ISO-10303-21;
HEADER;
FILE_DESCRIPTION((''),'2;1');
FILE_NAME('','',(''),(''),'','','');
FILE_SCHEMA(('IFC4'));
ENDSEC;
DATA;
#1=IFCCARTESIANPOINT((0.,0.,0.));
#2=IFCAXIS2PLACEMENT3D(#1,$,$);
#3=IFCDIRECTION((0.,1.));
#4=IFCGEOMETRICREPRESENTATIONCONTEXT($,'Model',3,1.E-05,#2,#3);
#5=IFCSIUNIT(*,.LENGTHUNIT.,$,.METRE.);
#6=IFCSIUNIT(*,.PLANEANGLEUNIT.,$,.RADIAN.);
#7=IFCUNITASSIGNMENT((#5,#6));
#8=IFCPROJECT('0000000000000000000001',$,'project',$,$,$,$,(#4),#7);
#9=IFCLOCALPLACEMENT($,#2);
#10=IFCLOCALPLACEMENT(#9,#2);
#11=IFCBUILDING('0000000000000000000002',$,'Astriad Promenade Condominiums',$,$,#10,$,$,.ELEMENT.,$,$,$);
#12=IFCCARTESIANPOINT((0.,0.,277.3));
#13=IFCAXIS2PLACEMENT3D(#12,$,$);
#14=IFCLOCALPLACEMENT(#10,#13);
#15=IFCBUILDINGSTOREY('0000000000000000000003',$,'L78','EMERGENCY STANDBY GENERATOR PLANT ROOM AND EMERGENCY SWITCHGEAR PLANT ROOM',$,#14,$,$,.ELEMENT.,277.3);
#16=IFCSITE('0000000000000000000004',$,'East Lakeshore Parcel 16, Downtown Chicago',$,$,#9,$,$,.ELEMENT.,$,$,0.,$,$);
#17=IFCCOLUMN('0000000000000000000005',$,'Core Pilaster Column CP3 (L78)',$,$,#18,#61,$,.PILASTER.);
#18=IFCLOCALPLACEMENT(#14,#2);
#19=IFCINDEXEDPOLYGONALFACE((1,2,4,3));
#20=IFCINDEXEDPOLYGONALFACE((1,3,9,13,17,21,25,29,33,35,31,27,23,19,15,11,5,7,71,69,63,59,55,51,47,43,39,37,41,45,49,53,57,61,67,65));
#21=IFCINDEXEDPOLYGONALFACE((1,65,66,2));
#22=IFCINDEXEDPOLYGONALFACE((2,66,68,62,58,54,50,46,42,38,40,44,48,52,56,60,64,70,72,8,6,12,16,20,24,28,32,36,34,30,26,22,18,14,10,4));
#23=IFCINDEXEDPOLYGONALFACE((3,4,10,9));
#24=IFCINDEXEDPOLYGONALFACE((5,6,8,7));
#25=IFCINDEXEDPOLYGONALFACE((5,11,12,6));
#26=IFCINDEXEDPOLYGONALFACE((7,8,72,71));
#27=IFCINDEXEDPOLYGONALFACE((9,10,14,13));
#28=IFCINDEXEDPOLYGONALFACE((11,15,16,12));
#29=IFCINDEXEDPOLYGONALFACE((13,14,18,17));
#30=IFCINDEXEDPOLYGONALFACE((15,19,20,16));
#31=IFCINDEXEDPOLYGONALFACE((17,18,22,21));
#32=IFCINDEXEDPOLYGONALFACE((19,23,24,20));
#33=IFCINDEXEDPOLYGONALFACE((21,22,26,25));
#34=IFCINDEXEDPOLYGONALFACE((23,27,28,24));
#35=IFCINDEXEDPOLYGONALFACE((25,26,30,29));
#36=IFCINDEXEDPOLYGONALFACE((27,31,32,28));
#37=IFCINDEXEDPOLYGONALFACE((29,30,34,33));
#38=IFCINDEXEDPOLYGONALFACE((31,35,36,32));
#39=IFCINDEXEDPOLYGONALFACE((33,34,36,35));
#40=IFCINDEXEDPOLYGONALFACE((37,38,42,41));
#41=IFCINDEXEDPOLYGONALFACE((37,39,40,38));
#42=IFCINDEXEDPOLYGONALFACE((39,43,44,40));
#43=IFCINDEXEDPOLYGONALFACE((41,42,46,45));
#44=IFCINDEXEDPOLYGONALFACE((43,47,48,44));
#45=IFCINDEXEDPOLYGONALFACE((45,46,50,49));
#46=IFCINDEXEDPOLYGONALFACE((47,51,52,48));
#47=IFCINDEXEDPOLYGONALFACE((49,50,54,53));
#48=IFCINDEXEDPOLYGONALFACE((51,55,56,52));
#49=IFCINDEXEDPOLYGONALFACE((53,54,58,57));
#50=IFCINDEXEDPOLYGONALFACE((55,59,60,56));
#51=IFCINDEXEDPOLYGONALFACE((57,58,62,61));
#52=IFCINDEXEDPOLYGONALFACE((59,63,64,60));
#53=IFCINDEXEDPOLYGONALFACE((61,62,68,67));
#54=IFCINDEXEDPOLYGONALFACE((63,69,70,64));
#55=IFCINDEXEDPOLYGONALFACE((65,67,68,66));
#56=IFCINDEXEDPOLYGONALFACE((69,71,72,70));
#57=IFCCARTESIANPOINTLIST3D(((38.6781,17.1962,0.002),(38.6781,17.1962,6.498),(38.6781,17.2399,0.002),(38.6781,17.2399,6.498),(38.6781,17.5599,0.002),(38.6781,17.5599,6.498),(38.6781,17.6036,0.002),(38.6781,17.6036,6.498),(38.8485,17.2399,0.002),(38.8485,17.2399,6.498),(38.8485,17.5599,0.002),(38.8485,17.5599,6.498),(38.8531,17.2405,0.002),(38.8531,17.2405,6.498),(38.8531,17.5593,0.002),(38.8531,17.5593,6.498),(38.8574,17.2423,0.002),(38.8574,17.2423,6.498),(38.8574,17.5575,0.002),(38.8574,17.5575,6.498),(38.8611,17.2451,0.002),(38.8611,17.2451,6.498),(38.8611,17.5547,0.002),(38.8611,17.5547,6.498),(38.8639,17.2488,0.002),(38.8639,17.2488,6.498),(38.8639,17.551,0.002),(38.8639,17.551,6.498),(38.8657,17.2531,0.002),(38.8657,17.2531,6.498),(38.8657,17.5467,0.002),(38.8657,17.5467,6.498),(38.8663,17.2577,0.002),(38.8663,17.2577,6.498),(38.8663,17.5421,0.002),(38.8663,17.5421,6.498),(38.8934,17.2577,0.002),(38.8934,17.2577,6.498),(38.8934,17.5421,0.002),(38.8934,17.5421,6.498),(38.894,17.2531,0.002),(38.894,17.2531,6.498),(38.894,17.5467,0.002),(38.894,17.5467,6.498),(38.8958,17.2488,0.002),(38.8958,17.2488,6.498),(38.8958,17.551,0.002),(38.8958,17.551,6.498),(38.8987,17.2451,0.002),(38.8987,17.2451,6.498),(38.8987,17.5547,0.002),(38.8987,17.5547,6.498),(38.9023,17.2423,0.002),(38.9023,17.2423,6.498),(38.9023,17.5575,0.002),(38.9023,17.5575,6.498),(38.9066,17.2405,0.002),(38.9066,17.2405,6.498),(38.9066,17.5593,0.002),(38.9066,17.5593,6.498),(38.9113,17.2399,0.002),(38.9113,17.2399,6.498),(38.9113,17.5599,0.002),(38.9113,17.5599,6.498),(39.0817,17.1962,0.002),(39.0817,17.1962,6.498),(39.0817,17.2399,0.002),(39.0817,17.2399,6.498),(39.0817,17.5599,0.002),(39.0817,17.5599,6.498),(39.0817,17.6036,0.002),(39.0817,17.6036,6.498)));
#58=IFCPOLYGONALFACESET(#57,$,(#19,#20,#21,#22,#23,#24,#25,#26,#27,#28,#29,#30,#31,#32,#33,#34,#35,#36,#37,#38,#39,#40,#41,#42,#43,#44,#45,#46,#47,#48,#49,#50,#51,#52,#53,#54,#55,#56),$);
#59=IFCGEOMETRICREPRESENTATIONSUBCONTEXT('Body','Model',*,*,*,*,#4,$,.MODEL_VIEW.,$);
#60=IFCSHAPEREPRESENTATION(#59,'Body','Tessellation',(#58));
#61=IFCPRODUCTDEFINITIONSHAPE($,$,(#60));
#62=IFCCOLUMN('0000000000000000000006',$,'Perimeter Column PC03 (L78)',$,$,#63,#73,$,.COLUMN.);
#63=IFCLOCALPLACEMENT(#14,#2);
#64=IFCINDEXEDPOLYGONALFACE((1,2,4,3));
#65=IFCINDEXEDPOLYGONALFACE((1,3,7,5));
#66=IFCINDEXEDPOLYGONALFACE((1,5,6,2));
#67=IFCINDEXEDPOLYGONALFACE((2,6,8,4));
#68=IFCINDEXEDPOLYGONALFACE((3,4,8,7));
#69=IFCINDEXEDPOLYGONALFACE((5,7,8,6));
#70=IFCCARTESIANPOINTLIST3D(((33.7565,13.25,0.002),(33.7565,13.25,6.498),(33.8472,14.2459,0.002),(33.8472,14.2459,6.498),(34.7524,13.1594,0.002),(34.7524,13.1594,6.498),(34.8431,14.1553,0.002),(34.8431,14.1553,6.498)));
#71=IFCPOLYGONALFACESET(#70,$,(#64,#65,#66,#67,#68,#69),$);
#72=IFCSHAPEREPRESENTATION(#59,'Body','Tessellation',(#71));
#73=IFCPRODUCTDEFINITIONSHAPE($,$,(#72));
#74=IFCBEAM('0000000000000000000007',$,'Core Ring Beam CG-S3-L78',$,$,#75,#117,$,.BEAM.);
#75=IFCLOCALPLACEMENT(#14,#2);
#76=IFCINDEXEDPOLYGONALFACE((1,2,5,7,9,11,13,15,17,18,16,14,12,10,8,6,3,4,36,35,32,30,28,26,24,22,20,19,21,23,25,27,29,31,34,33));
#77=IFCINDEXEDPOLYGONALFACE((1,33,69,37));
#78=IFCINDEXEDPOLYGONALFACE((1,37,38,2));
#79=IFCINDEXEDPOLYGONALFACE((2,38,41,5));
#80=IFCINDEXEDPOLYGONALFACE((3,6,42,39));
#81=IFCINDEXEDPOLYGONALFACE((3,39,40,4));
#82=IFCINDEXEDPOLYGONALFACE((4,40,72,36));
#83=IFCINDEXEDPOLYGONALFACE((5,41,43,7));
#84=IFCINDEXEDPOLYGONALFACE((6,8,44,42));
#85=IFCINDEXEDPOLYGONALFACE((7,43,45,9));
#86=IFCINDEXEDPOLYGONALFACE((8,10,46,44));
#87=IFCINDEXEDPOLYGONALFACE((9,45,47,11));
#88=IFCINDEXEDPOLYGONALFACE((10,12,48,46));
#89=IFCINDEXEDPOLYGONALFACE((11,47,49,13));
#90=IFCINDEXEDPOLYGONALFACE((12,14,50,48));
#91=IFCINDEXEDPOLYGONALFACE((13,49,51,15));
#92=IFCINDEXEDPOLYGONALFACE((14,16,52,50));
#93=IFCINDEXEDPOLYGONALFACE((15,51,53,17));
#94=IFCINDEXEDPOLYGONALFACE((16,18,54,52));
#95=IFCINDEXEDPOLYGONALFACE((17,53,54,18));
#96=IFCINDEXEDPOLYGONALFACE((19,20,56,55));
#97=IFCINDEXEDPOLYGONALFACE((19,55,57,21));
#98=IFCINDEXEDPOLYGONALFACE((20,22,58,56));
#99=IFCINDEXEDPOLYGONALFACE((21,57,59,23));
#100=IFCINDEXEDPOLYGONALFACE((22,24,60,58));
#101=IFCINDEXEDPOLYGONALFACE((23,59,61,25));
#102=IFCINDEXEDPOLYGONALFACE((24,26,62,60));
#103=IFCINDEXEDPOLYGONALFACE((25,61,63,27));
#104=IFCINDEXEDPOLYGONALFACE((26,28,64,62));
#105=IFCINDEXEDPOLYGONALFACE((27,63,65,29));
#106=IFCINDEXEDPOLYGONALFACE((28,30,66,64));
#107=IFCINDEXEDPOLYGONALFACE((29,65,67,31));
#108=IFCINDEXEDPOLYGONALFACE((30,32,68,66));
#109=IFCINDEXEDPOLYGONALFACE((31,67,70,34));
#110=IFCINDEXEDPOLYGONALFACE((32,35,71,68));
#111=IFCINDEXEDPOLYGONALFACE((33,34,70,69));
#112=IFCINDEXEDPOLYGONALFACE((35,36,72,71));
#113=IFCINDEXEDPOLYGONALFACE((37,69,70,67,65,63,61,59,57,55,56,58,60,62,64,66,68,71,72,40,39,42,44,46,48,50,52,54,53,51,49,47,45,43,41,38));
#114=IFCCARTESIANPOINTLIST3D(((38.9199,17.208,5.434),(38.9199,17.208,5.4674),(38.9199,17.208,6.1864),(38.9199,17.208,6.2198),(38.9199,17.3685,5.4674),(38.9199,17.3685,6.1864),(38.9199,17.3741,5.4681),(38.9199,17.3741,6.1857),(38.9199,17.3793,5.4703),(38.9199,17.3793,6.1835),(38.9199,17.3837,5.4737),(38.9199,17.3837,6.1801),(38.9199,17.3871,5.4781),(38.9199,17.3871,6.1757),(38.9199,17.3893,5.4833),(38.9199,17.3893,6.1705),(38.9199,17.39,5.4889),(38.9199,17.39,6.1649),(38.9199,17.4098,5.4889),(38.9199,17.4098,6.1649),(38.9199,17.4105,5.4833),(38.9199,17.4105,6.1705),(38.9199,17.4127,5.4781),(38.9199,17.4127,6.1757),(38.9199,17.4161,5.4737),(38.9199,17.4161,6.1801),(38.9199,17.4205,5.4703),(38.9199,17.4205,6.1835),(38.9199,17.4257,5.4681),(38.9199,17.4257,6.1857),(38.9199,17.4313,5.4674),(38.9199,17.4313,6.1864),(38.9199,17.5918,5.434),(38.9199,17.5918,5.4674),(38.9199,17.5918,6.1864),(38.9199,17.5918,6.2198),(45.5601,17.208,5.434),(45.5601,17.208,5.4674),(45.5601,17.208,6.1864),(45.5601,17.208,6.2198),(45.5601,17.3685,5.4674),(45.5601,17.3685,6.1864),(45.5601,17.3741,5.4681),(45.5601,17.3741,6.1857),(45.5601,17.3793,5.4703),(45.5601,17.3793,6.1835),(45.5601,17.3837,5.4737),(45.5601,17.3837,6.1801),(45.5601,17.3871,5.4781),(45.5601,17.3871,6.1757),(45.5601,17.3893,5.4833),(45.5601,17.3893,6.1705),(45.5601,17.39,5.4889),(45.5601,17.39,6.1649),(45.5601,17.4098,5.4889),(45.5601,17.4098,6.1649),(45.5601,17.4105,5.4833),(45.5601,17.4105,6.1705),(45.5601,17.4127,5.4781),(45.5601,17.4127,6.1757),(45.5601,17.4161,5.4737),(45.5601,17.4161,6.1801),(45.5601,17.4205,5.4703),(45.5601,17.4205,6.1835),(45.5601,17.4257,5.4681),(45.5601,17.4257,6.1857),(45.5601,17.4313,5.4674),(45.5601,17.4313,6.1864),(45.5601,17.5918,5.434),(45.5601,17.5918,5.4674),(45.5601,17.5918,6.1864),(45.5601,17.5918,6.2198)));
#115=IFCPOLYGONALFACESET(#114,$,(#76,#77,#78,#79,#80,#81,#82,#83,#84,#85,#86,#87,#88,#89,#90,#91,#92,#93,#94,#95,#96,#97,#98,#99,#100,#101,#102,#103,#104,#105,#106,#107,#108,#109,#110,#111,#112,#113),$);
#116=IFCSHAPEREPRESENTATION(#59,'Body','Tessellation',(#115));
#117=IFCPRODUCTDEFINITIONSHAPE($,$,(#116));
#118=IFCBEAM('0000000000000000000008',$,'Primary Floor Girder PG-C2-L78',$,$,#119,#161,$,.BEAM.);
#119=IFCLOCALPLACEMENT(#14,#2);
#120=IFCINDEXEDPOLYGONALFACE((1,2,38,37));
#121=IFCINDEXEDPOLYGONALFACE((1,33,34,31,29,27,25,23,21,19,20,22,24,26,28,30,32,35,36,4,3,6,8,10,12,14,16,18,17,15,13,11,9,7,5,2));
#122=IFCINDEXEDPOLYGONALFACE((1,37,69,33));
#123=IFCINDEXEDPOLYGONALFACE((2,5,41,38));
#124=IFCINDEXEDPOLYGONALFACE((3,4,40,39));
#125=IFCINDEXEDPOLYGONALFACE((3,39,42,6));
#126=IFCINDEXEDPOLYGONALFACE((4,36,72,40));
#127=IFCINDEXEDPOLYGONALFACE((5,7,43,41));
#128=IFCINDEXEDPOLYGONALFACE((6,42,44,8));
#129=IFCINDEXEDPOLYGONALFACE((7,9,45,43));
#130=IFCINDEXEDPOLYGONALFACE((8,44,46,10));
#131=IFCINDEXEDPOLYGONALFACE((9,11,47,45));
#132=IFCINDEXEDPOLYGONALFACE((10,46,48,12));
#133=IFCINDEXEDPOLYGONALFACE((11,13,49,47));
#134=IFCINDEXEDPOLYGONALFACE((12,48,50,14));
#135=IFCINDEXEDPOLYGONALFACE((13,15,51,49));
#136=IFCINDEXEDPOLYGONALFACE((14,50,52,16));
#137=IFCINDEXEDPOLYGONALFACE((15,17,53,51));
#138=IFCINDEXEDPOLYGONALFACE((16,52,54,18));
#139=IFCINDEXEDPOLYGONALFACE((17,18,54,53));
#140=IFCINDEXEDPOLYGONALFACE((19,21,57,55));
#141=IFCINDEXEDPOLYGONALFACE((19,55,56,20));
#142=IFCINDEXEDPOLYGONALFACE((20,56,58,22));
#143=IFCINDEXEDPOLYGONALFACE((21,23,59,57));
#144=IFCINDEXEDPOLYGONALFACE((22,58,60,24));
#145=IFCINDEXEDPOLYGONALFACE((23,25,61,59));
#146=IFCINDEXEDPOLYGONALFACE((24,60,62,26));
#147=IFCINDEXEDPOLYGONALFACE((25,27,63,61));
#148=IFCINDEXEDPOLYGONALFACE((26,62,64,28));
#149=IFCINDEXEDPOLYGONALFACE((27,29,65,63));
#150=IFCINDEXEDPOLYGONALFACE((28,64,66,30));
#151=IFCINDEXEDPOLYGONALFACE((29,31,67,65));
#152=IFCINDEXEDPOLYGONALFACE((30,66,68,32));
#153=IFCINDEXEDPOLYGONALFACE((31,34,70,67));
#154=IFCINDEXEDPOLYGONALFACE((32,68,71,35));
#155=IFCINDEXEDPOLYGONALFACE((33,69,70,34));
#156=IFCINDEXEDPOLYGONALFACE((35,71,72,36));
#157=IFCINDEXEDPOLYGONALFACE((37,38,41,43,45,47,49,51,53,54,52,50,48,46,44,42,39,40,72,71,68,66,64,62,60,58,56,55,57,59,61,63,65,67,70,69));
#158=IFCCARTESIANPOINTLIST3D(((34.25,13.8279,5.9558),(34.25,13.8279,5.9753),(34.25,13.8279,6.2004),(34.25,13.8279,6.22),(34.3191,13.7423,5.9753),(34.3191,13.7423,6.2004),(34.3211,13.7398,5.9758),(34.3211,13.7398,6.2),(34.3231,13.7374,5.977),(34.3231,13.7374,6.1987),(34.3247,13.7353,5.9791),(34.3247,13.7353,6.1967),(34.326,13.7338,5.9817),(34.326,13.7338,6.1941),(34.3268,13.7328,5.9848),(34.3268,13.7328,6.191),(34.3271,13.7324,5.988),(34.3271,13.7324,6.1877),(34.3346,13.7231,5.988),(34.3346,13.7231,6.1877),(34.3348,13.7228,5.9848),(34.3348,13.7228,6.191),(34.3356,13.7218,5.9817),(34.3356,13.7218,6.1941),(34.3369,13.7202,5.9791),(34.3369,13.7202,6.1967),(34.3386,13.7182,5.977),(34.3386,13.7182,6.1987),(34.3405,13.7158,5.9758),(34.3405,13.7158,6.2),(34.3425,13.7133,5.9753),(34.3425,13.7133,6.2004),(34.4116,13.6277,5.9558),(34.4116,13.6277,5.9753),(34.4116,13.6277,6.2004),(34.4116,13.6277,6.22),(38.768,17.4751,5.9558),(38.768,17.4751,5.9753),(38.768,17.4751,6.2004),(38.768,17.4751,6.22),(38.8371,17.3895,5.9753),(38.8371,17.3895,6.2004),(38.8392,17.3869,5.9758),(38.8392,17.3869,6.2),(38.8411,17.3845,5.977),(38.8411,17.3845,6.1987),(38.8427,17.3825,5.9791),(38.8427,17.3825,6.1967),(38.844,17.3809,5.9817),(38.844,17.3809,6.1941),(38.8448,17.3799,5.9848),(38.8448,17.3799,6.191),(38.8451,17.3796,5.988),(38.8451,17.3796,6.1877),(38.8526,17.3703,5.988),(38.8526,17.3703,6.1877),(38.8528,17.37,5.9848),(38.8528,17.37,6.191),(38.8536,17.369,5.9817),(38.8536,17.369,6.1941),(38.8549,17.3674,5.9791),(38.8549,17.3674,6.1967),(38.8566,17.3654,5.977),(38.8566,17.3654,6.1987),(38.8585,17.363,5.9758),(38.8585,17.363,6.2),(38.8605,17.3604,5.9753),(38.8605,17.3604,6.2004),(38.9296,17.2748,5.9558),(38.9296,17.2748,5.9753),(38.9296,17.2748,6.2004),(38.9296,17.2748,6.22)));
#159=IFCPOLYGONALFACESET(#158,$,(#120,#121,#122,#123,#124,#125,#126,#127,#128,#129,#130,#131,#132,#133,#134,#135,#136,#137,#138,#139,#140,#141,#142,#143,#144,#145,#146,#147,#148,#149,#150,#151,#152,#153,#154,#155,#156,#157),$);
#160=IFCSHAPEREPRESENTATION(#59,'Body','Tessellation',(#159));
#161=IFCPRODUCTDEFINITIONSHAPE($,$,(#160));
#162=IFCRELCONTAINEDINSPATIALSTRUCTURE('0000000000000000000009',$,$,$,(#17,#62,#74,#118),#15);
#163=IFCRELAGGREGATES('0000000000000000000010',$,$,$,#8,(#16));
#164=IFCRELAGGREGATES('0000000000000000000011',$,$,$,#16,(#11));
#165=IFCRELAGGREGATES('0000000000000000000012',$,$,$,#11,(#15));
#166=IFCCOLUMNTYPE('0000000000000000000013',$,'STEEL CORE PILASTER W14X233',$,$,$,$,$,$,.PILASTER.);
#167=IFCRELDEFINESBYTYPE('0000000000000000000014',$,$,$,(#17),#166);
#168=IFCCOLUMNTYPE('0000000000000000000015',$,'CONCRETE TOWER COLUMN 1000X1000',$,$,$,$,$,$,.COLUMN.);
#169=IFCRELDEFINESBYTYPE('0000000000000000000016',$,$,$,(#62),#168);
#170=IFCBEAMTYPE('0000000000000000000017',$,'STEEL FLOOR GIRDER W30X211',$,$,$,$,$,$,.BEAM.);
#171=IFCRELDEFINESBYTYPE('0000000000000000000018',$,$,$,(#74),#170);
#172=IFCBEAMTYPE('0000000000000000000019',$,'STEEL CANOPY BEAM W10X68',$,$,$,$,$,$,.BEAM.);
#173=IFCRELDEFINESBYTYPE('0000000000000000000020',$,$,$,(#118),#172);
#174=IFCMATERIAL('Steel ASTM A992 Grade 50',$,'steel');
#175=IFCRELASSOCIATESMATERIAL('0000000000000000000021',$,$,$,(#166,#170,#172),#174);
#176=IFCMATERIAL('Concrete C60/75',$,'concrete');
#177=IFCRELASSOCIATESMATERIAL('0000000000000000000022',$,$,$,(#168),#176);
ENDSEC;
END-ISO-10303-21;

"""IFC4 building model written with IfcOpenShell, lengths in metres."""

from ifc_helpers import new_model, si_unit, direction, frame, origin, origin_2d, place, context, subcontext, project, spatial, rectangle, i_section, extrude, source, transform, mapped, material, material_profile, profile_set, type_object, type_shapes, element, save


model = new_model("IFC4")

# Units and contexts
model_context = context("Model", 3, precision=1e-05, world=origin(), true_north=direction((0.0, 1.0)))
body_context = subcontext(model_context, "Body", "Model", "MODEL_VIEW")
ifc_project = project(units=[si_unit("LENGTHUNIT", "METRE"), si_unit("PLANEANGLEUNIT", "RADIAN")], contexts=[model_context])

# Site, building, storey
site_placement = place(None, origin())
site = spatial("IfcSite", under=ifc_project, at=site_placement, Name="East Lakeshore Parcel 16, Downtown Chicago", CompositionType="ELEMENT", RefElevation=0.0)
building_placement = place(site_placement, origin())
building = spatial("IfcBuilding", under=site, at=building_placement, Name="Astriad Promenade Condominiums", CompositionType="ELEMENT")
storey_placement = place(building_placement, frame((0.0, 0.0, 277.3)))
storey = spatial("IfcBuildingStorey", under=building, at=storey_placement, Name="L78", Description="EMERGENCY STANDBY GENERATOR PLANT ROOM AND EMERGENCY SWITCHGEAR PLANT ROOM", CompositionType="ELEMENT", Elevation=277.3)

# Columns
ifc_material_1 = material(Name="Steel ASTM A992 Grade 50", Category="steel")
ifc_material_profile_1 = material_profile(ifc_material_1, i_section(OverallWidth=0.4036, OverallDepth=0.4075, WebThickness=0.0271, FlangeThickness=0.0437, FilletRadius=0.0178, at=origin_2d()), Name="W14X233")
ifc_profile_set_1 = profile_set([ifc_material_profile_1], Name="Steel ASTM A992 Grade 50")
column_type_1 = type_object("IfcColumnType", Name="STEEL CORE PILASTER W14X233", PredefinedType="PILASTER", material=ifc_profile_set_1)
shared_shape_1 = source(origin(), body_context, "Body", "SweptSolid", [
    extrude(i_section(OverallWidth=0.4036, OverallDepth=0.4075, WebThickness=0.0271, FlangeThickness=0.0437, FilletRadius=0.0178, at=origin_2d()), origin(), (0.0, 0.0, 1.0), 6.4961),
])
type_shapes(column_type_1, [shared_shape_1])
column_1_placement = place(storey_placement, frame((38.8799, 17.3999, 0.002), z_axis=(0.0, 0.0, 1.0), x_axis=(1.0, 0.0, 0.0)))
element("IfcColumn", 1, at=column_1_placement, inside=storey, type_object=column_type_1, Name="Core Pilaster Column CP3 (L78)", PredefinedType="PILASTER", context=body_context, shape_type="MappedRepresentation", body=[
    mapped(shared_shape_1, transform((0.0, 0.0, 0.0), scale=1.0)),
])
ifc_material_2 = material(Name="Concrete C60/75", Category="concrete")
ifc_material_profile_2 = material_profile(ifc_material_2, rectangle(XDim=1.0, YDim=1.0, at=origin_2d()), Name="RC-COL-1000X1000")
ifc_profile_set_2 = profile_set([ifc_material_profile_2], Name="Concrete C60/75")
column_type_2 = type_object("IfcColumnType", Name="CONCRETE TOWER COLUMN 1000X1000", PredefinedType="COLUMN", material=ifc_profile_set_2)
shared_shape_2 = source(origin(), body_context, "Body", "SweptSolid", [
    extrude(rectangle(XDim=1.0, YDim=1.0, at=origin_2d()), origin(), (0.0, 0.0, 1.0), 6.4961),
])
type_shapes(column_type_2, [shared_shape_2])
column_2_placement = place(storey_placement, frame((34.2998, 13.7026, 0.002), z_axis=(0.0, 0.0, 1.0), x_axis=(0.995884, -0.090633, 0.0)))
element("IfcColumn", 2, at=column_2_placement, inside=storey, type_object=column_type_2, Name="Perimeter Column PC03 (L78)", PredefinedType="COLUMN", context=body_context, shape_type="MappedRepresentation", body=[
    mapped(shared_shape_2, transform((0.0, 0.0, 0.0), scale=1.0)),
])

# Beams
ifc_material_profile_3 = material_profile(ifc_material_1, i_section(OverallWidth=0.3838, OverallDepth=0.7859, WebThickness=0.0198, FlangeThickness=0.0334, FilletRadius=0.0215, at=origin_2d()), Name="W30X211")
ifc_profile_set_3 = profile_set([ifc_material_profile_3], Name="Steel ASTM A992 Grade 50")
beam_type_1 = type_object("IfcBeamType", Name="STEEL FLOOR GIRDER W30X211", PredefinedType="BEAM", material=ifc_profile_set_3)
shared_shape_3 = source(origin(), body_context, "Body", "SweptSolid", [
    extrude(i_section(OverallWidth=0.3838, OverallDepth=0.7859, WebThickness=0.0198, FlangeThickness=0.0334, FilletRadius=0.0215, at=origin_2d()), origin(), (0.0, 0.0, 1.0), 6.6401),
])
type_shapes(beam_type_1, [shared_shape_3])
beam_1_placement = place(storey_placement, frame((38.9199, 17.3999, 5.8269), z_axis=(1.0, 0.0, 0.0), x_axis=(0.0, 1.0, 0.0)))
element("IfcBeam", 3, at=beam_1_placement, inside=storey, type_object=beam_type_1, Name="Core Ring Beam CG-S3-L78", PredefinedType="BEAM", context=body_context, shape_type="MappedRepresentation", body=[
    mapped(shared_shape_3, transform((0.0, 0.0, 0.0), scale=1.0)),
])
ifc_material_profile_4 = material_profile(ifc_material_1, i_section(OverallWidth=0.2573, OverallDepth=0.2642, WebThickness=0.012, FlangeThickness=0.0195, FilletRadius=0.0127, at=origin_2d()), Name="W10X68")
ifc_profile_set_4 = profile_set([ifc_material_profile_4], Name="Steel ASTM A992 Grade 50")
beam_type_2 = type_object("IfcBeamType", Name="STEEL CANOPY BEAM W10X68", PredefinedType="BEAM", material=ifc_profile_set_4)
shared_shape_4 = source(origin(), body_context, "Body", "SweptSolid", [
    extrude(i_section(OverallWidth=0.2573, OverallDepth=0.2642, WebThickness=0.012, FlangeThickness=0.0195, FilletRadius=0.0127, at=origin_2d()), origin(), (0.0, 0.0, 1.0), 5.8064),
])
type_shapes(beam_type_2, [shared_shape_4])
beam_2_placement = place(storey_placement, frame((34.3308, 13.7278, 6.0879), z_axis=(0.778109, 0.62813, 0.0), x_axis=(-0.62813, 0.778109, 0.0)))
element("IfcBeam", 4, at=beam_2_placement, inside=storey, type_object=beam_type_2, Name="Primary Floor Girder PG-C2-L78", PredefinedType="BEAM", context=body_context, shape_type="MappedRepresentation", body=[
    mapped(shared_shape_4, transform((0.0, 0.0, 0.0), scale=1.0)),
])

save(model, "model.ifc")
